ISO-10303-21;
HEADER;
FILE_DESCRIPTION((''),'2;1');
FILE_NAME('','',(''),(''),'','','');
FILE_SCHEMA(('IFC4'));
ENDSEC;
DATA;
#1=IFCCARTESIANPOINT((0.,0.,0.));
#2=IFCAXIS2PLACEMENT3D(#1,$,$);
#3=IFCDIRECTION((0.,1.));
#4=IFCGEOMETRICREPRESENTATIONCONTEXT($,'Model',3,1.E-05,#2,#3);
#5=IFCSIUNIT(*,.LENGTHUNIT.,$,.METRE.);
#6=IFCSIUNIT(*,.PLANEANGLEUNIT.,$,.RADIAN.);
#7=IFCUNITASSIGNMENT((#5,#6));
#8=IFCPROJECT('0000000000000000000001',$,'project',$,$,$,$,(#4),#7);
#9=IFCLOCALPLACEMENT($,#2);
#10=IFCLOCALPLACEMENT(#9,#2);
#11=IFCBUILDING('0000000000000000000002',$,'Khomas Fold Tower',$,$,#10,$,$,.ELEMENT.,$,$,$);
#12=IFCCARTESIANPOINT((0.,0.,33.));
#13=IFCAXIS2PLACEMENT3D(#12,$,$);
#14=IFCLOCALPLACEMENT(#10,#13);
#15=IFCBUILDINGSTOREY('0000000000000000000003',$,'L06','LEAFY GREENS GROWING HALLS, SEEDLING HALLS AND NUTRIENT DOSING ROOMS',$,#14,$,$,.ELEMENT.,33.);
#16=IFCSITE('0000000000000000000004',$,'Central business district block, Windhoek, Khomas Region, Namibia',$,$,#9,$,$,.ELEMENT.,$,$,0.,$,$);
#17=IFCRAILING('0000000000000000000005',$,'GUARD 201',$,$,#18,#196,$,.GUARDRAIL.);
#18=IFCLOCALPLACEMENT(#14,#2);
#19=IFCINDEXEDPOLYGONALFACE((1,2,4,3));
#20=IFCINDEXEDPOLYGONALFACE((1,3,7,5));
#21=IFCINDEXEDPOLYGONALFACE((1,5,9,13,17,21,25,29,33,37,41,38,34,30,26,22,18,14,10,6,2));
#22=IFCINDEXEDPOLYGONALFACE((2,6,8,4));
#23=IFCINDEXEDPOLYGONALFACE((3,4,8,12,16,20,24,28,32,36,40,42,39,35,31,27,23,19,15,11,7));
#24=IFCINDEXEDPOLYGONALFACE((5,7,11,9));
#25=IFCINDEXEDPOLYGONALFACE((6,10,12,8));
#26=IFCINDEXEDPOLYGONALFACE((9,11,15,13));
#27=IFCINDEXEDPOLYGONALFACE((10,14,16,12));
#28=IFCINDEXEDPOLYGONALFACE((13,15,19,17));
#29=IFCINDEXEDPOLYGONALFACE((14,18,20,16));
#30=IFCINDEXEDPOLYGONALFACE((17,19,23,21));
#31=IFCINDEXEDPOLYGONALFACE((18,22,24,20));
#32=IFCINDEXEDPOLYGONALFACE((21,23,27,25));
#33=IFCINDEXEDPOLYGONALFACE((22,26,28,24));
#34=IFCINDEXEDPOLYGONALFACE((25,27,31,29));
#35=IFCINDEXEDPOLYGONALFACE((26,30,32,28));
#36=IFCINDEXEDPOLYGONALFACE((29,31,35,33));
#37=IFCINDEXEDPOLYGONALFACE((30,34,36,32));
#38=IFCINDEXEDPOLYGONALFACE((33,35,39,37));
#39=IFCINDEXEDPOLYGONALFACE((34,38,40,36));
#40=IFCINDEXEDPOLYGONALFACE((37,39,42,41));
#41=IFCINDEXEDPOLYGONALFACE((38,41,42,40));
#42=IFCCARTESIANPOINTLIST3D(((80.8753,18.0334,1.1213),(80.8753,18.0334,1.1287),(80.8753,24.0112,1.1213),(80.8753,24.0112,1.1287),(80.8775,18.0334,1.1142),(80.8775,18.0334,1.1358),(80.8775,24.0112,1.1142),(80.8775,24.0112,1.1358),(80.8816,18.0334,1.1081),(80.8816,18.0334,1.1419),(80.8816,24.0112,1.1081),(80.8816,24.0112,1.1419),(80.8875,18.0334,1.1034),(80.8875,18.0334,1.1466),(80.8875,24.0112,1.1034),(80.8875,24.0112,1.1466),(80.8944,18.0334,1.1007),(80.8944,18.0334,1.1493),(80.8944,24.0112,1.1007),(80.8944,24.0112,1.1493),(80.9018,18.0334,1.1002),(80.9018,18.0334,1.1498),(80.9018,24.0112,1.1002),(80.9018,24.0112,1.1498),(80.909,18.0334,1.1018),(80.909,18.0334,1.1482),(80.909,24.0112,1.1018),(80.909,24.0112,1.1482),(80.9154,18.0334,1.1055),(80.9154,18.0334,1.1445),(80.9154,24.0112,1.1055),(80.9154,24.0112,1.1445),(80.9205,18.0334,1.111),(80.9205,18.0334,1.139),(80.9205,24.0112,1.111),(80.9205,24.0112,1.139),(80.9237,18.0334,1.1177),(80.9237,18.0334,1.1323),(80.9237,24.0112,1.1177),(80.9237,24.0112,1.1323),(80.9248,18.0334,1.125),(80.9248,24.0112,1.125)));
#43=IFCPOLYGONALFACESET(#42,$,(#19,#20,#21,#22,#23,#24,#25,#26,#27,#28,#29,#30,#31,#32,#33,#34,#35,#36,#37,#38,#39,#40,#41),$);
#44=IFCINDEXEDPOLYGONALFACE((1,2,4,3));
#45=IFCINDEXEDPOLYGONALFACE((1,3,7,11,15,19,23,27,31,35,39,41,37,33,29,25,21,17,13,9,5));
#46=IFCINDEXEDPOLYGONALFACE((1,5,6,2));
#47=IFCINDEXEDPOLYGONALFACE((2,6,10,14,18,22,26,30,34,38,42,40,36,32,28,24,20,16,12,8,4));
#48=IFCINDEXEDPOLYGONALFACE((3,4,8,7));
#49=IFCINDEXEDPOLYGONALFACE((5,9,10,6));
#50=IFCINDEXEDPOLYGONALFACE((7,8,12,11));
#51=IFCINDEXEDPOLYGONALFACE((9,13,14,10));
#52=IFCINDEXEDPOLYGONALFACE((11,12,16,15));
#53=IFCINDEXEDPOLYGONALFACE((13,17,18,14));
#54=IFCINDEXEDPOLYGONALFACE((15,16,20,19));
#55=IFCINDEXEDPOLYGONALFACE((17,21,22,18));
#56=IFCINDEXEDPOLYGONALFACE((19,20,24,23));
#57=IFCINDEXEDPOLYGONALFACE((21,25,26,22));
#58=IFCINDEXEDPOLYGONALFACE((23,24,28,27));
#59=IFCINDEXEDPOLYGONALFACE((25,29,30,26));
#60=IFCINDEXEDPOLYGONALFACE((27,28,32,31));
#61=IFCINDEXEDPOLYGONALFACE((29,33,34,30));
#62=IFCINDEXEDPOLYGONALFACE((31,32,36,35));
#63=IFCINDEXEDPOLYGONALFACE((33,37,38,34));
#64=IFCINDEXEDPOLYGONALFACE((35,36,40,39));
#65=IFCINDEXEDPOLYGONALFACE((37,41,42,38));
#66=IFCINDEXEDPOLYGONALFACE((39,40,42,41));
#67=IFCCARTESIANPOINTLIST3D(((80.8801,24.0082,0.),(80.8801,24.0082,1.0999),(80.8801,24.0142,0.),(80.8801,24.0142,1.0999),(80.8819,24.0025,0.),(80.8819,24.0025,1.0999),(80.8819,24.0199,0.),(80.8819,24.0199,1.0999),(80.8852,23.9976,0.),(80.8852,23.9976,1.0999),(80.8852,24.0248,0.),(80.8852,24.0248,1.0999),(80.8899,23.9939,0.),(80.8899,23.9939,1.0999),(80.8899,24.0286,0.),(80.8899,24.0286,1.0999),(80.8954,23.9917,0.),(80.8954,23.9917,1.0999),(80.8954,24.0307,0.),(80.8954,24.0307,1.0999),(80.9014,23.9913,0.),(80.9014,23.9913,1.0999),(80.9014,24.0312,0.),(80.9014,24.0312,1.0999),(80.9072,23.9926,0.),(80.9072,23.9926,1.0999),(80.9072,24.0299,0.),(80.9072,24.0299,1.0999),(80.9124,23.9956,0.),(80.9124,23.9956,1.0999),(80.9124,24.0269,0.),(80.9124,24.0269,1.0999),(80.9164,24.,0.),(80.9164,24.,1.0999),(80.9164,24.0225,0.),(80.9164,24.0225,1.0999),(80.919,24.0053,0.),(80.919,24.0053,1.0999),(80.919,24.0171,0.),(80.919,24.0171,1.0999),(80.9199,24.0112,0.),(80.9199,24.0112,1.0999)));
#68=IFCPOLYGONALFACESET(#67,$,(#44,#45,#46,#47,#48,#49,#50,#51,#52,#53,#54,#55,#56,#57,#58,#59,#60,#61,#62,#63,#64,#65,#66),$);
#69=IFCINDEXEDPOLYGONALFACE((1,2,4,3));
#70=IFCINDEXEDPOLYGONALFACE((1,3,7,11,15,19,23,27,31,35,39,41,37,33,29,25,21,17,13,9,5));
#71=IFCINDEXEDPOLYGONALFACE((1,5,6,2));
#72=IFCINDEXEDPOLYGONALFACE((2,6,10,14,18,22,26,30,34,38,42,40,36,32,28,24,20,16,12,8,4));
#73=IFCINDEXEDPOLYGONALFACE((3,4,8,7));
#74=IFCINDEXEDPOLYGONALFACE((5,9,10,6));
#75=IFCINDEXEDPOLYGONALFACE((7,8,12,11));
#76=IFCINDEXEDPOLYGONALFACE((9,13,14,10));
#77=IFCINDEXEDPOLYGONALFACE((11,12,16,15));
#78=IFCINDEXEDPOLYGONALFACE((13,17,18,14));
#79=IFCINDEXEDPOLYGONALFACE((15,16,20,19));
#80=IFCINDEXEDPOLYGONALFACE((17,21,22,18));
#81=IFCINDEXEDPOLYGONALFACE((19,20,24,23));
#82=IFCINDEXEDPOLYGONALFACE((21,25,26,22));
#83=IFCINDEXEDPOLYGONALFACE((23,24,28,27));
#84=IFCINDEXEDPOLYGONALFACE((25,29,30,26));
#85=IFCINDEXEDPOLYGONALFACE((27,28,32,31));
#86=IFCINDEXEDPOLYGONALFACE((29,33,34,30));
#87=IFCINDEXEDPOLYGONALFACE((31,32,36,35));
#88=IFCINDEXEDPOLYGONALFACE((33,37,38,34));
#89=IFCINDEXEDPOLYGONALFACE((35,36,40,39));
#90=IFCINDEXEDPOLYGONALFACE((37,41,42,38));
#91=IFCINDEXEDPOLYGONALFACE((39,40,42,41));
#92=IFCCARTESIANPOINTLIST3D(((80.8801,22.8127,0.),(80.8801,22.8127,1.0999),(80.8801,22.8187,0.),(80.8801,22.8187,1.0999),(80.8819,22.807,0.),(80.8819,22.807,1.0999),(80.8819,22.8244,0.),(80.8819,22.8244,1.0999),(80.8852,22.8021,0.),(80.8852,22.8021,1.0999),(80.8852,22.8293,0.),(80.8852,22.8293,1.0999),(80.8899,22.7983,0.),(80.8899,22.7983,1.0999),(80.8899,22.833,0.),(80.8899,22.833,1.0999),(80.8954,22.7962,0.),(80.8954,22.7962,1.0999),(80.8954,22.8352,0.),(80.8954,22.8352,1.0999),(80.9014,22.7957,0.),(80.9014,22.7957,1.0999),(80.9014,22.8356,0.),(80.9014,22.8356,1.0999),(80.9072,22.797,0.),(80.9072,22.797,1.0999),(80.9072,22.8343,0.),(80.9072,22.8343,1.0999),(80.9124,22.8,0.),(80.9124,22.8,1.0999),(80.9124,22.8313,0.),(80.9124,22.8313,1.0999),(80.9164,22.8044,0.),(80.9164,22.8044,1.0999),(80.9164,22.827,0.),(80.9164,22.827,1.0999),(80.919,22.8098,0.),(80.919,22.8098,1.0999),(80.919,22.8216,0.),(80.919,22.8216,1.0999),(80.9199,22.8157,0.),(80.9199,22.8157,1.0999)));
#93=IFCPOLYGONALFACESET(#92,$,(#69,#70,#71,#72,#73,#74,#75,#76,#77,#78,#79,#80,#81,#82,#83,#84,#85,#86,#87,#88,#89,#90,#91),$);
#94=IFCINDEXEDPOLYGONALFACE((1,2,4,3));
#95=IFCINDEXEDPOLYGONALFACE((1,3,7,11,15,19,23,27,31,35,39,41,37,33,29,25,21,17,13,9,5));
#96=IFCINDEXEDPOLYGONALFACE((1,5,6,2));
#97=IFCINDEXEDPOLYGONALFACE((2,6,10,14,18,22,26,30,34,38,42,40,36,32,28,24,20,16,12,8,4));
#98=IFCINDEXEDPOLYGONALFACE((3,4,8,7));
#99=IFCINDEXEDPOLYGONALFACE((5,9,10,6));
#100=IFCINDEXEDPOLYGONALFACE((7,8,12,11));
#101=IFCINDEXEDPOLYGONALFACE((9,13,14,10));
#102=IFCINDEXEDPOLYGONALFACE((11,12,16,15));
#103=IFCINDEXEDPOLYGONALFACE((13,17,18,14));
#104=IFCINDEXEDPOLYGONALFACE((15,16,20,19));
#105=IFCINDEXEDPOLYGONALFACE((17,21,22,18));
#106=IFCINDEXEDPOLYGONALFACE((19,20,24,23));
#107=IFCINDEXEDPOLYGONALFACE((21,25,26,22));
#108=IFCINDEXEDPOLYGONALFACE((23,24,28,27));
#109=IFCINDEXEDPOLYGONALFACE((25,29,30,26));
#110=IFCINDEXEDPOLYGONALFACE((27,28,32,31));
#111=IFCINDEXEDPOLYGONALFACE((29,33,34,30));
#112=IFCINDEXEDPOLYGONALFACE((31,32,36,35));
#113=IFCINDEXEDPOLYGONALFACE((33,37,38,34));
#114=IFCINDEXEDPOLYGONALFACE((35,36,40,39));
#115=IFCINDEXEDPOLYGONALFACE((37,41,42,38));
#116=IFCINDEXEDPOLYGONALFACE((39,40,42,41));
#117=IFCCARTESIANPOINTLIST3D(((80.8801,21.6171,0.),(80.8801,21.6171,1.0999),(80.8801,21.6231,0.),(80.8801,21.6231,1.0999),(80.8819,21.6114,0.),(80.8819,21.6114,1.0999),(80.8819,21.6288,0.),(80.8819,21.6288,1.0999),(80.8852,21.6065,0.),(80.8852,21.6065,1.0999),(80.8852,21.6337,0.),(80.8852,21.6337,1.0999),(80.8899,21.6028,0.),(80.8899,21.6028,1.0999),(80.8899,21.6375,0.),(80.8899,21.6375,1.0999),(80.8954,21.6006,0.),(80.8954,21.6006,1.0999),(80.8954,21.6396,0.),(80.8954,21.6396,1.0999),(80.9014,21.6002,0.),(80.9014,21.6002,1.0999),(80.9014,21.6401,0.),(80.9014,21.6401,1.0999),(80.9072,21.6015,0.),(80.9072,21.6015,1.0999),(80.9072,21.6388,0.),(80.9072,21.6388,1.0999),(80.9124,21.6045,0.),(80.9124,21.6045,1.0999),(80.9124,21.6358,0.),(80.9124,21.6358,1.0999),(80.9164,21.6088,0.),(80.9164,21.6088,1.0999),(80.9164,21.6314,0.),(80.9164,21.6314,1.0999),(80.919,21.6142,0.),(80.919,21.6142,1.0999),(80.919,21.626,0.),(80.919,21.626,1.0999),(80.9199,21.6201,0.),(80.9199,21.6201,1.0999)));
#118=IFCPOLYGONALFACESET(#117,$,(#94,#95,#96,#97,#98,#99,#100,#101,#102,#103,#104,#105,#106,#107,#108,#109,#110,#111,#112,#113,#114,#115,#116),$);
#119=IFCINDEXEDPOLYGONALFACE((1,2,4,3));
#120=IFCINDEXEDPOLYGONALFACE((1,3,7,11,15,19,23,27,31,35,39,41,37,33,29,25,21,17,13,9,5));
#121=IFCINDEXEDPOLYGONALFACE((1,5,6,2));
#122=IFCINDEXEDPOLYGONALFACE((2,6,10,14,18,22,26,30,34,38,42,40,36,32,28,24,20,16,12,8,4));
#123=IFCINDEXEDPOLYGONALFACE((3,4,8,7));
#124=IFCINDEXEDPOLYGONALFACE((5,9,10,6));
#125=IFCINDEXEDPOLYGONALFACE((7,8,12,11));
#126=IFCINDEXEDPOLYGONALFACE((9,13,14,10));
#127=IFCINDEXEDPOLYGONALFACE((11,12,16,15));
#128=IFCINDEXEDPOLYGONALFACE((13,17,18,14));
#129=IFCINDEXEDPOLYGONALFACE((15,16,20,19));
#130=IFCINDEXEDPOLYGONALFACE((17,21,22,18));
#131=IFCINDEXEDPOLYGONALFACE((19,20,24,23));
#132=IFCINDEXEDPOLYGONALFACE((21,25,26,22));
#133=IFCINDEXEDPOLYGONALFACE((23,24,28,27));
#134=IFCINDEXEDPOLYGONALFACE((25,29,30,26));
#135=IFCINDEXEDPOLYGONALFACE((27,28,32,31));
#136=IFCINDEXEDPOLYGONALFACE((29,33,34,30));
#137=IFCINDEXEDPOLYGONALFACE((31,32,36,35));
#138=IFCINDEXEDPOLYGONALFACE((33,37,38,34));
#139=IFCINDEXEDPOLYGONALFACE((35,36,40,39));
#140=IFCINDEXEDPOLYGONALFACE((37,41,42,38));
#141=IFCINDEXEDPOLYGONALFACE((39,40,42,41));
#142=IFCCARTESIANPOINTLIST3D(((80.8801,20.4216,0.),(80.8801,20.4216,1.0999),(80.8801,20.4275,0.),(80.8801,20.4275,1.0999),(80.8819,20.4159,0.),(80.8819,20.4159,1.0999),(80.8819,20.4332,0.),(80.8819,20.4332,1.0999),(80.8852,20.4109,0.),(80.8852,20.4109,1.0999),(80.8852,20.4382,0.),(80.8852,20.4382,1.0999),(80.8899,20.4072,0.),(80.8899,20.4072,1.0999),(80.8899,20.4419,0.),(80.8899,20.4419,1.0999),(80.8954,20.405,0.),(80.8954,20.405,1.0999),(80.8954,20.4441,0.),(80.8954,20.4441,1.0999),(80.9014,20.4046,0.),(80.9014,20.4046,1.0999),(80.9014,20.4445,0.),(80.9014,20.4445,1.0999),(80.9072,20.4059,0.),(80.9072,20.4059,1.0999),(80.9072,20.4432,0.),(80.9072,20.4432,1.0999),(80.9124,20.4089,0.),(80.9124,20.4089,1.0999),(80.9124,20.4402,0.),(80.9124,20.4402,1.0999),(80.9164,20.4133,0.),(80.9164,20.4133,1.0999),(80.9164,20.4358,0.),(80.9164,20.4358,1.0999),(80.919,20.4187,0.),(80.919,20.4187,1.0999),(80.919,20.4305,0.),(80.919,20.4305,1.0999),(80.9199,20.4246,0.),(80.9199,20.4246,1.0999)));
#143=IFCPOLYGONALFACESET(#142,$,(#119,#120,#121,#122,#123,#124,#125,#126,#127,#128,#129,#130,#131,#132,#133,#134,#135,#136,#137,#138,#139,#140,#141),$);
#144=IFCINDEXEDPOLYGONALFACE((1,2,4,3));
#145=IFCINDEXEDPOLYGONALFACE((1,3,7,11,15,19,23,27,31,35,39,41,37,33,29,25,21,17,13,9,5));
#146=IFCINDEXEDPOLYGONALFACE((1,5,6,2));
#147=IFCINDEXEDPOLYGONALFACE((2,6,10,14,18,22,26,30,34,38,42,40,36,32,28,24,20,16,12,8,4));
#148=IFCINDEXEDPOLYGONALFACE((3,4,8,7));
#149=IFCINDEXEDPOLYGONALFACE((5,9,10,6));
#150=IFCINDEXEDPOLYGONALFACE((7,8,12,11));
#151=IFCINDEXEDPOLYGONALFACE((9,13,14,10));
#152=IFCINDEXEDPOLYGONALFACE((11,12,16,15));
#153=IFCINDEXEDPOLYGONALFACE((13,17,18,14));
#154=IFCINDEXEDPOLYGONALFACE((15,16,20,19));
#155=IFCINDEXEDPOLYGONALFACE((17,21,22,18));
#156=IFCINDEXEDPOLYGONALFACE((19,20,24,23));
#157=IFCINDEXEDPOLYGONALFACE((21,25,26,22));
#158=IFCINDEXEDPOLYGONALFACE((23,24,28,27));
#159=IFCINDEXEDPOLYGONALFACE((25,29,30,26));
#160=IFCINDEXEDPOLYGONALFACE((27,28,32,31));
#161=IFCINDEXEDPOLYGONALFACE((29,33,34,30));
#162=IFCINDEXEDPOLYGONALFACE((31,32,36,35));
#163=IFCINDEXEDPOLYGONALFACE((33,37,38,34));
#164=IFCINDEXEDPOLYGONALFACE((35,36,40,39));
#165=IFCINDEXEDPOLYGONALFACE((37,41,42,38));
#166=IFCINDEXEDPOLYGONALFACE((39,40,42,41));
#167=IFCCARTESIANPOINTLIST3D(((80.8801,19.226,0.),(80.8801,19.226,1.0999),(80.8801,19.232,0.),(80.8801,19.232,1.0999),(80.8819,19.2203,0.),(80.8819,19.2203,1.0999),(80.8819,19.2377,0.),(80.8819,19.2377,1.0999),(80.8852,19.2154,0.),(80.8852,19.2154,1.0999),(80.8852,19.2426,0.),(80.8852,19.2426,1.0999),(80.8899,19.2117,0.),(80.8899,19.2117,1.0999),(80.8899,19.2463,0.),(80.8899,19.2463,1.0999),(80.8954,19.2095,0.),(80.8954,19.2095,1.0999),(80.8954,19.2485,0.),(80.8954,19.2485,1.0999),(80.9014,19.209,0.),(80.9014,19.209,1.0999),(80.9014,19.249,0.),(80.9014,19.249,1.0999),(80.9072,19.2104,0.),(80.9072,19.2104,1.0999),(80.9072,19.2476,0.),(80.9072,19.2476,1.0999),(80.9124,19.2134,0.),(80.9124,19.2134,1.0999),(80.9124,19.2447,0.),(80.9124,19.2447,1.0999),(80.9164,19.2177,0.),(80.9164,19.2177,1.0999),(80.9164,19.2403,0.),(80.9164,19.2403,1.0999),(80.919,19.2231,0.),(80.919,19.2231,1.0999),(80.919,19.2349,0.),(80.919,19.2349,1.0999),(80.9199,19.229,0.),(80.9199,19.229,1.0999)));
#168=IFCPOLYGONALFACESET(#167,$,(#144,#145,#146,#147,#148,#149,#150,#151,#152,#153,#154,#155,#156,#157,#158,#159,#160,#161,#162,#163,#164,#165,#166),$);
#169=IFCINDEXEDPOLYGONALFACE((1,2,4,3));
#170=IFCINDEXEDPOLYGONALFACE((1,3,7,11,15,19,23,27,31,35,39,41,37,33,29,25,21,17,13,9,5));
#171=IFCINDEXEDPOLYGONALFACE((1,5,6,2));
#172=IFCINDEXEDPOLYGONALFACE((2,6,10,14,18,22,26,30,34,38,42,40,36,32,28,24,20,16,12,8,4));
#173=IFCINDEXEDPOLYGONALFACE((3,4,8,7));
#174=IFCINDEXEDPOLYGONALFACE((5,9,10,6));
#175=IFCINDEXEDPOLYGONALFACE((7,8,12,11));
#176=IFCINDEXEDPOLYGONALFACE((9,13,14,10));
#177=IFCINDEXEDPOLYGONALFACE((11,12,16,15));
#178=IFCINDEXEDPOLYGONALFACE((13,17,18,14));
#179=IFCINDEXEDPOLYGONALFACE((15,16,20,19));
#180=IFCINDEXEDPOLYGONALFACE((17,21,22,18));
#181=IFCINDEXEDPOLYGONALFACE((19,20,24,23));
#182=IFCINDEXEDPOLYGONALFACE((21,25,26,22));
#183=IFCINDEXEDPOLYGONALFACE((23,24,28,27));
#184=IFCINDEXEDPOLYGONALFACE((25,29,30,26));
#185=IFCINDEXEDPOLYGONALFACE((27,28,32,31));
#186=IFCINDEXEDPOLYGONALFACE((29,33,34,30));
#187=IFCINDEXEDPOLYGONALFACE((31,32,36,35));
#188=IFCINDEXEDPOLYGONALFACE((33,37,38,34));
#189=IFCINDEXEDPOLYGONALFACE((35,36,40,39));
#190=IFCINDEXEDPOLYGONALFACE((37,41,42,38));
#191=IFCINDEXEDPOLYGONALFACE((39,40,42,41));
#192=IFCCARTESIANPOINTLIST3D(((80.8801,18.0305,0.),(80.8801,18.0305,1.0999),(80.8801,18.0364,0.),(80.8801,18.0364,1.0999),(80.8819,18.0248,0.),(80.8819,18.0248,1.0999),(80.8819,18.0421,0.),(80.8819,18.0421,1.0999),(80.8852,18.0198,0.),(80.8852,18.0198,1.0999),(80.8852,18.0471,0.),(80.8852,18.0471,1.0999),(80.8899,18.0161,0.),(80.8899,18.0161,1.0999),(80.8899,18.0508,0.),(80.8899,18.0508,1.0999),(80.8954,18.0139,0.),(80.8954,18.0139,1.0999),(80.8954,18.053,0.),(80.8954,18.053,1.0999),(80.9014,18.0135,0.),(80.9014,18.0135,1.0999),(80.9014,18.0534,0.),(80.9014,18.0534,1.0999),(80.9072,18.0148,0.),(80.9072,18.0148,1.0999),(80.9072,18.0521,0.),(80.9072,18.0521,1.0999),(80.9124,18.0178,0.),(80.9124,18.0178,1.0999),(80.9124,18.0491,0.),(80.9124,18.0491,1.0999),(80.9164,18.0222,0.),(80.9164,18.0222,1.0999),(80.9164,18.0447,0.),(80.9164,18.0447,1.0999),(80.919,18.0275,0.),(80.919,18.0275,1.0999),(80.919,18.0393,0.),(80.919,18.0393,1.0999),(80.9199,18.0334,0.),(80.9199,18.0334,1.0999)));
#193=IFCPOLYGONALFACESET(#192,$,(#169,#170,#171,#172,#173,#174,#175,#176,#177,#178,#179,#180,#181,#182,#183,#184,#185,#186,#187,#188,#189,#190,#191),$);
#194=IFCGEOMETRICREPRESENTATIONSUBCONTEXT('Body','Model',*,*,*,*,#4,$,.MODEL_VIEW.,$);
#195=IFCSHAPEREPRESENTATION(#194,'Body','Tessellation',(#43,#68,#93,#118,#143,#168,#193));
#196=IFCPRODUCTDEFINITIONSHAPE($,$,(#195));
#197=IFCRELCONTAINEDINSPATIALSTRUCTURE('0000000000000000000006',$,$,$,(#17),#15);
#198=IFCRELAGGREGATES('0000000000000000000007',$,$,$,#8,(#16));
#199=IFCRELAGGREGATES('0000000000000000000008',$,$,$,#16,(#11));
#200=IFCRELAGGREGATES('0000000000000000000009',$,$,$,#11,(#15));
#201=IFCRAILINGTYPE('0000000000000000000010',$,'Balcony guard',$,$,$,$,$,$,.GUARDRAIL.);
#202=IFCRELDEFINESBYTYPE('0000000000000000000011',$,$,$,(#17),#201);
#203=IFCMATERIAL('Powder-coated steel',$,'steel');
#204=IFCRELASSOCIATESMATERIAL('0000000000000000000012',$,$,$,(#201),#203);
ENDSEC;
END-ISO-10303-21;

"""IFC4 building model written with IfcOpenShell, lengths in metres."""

from ifc_helpers import new_model, si_unit, direction, frame, origin, origin_2d, place, context, subcontext, project, spatial, circle, extrude, source, transform, mapped, material, type_object, element, save


model = new_model("IFC4")

# Units and contexts
model_context = context("Model", 3, precision=1e-05, world=origin(), true_north=direction((0.0, 1.0)))
body_context = subcontext(model_context, "Body", "Model", "MODEL_VIEW")
ifc_project = project(units=[si_unit("LENGTHUNIT", "METRE"), si_unit("PLANEANGLEUNIT", "RADIAN")], contexts=[model_context])

# Site, building, storey
site_placement = place(None, origin())
site = spatial("IfcSite", under=ifc_project, at=site_placement, Name="Central business district block, Windhoek, Khomas Region, Namibia", CompositionType="ELEMENT", RefElevation=0.0)
building_placement = place(site_placement, origin())
building = spatial("IfcBuilding", under=site, at=building_placement, Name="Khomas Fold Tower", CompositionType="ELEMENT")
storey_placement = place(building_placement, frame((0.0, 0.0, 33.0)))
storey = spatial("IfcBuildingStorey", under=building, at=storey_placement, Name="L06", Description="LEAFY GREENS GROWING HALLS, SEEDLING HALLS AND NUTRIENT DOSING ROOMS", CompositionType="ELEMENT", Elevation=33.0)

# Railing
ifc_material_1 = material(Name="Powder-coated steel", Category="steel")
railing_type = type_object("IfcRailingType", Name="Balcony guard", PredefinedType="GUARDRAIL", material=ifc_material_1)
shared_shape_1 = source(origin(), body_context, "Body", "SweptSolid", [
    extrude(circle(Radius=0.0249, at=origin_2d()), frame((0.0, 0.0, 1.125), z_axis=(0.0, -1.0, 0.0), x_axis=(1.0, 0.0, 0.0)), (0.0, 0.0, 1.0), 5.9778),
    extrude(circle(Radius=0.02, at=origin_2d()), origin(), (0.0, 0.0, 1.0), 1.0999),
    extrude(circle(Radius=0.02, at=origin_2d()), frame((0.0, -1.1956, 0.0)), (0.0, 0.0, 1.0), 1.0999),
    extrude(circle(Radius=0.02, at=origin_2d()), frame((0.0, -2.3911, 0.0)), (0.0, 0.0, 1.0), 1.0999),
    extrude(circle(Radius=0.02, at=origin_2d()), frame((0.0, -3.5867, 0.0)), (0.0, 0.0, 1.0), 1.0999),
    extrude(circle(Radius=0.02, at=origin_2d()), frame((0.0, -4.7822, 0.0)), (0.0, 0.0, 1.0), 1.0999),
    extrude(circle(Radius=0.02, at=origin_2d()), frame((0.0, -5.9778, 0.0)), (0.0, 0.0, 1.0), 1.0999),
])
for number, where, name in (
    (1, (80.8999, 24.0112, 0.0), "GUARD 201"),
):
    element("IfcRailing", number, at=place(storey_placement, frame(where)), inside=storey, type_object=railing_type, Name=name, PredefinedType="GUARDRAIL", context=body_context, shape_type="MappedRepresentation", body=[
        mapped(shared_shape_1, transform((0.0, 0.0, 0.0))),
    ])

save(model, "model.ifc")
